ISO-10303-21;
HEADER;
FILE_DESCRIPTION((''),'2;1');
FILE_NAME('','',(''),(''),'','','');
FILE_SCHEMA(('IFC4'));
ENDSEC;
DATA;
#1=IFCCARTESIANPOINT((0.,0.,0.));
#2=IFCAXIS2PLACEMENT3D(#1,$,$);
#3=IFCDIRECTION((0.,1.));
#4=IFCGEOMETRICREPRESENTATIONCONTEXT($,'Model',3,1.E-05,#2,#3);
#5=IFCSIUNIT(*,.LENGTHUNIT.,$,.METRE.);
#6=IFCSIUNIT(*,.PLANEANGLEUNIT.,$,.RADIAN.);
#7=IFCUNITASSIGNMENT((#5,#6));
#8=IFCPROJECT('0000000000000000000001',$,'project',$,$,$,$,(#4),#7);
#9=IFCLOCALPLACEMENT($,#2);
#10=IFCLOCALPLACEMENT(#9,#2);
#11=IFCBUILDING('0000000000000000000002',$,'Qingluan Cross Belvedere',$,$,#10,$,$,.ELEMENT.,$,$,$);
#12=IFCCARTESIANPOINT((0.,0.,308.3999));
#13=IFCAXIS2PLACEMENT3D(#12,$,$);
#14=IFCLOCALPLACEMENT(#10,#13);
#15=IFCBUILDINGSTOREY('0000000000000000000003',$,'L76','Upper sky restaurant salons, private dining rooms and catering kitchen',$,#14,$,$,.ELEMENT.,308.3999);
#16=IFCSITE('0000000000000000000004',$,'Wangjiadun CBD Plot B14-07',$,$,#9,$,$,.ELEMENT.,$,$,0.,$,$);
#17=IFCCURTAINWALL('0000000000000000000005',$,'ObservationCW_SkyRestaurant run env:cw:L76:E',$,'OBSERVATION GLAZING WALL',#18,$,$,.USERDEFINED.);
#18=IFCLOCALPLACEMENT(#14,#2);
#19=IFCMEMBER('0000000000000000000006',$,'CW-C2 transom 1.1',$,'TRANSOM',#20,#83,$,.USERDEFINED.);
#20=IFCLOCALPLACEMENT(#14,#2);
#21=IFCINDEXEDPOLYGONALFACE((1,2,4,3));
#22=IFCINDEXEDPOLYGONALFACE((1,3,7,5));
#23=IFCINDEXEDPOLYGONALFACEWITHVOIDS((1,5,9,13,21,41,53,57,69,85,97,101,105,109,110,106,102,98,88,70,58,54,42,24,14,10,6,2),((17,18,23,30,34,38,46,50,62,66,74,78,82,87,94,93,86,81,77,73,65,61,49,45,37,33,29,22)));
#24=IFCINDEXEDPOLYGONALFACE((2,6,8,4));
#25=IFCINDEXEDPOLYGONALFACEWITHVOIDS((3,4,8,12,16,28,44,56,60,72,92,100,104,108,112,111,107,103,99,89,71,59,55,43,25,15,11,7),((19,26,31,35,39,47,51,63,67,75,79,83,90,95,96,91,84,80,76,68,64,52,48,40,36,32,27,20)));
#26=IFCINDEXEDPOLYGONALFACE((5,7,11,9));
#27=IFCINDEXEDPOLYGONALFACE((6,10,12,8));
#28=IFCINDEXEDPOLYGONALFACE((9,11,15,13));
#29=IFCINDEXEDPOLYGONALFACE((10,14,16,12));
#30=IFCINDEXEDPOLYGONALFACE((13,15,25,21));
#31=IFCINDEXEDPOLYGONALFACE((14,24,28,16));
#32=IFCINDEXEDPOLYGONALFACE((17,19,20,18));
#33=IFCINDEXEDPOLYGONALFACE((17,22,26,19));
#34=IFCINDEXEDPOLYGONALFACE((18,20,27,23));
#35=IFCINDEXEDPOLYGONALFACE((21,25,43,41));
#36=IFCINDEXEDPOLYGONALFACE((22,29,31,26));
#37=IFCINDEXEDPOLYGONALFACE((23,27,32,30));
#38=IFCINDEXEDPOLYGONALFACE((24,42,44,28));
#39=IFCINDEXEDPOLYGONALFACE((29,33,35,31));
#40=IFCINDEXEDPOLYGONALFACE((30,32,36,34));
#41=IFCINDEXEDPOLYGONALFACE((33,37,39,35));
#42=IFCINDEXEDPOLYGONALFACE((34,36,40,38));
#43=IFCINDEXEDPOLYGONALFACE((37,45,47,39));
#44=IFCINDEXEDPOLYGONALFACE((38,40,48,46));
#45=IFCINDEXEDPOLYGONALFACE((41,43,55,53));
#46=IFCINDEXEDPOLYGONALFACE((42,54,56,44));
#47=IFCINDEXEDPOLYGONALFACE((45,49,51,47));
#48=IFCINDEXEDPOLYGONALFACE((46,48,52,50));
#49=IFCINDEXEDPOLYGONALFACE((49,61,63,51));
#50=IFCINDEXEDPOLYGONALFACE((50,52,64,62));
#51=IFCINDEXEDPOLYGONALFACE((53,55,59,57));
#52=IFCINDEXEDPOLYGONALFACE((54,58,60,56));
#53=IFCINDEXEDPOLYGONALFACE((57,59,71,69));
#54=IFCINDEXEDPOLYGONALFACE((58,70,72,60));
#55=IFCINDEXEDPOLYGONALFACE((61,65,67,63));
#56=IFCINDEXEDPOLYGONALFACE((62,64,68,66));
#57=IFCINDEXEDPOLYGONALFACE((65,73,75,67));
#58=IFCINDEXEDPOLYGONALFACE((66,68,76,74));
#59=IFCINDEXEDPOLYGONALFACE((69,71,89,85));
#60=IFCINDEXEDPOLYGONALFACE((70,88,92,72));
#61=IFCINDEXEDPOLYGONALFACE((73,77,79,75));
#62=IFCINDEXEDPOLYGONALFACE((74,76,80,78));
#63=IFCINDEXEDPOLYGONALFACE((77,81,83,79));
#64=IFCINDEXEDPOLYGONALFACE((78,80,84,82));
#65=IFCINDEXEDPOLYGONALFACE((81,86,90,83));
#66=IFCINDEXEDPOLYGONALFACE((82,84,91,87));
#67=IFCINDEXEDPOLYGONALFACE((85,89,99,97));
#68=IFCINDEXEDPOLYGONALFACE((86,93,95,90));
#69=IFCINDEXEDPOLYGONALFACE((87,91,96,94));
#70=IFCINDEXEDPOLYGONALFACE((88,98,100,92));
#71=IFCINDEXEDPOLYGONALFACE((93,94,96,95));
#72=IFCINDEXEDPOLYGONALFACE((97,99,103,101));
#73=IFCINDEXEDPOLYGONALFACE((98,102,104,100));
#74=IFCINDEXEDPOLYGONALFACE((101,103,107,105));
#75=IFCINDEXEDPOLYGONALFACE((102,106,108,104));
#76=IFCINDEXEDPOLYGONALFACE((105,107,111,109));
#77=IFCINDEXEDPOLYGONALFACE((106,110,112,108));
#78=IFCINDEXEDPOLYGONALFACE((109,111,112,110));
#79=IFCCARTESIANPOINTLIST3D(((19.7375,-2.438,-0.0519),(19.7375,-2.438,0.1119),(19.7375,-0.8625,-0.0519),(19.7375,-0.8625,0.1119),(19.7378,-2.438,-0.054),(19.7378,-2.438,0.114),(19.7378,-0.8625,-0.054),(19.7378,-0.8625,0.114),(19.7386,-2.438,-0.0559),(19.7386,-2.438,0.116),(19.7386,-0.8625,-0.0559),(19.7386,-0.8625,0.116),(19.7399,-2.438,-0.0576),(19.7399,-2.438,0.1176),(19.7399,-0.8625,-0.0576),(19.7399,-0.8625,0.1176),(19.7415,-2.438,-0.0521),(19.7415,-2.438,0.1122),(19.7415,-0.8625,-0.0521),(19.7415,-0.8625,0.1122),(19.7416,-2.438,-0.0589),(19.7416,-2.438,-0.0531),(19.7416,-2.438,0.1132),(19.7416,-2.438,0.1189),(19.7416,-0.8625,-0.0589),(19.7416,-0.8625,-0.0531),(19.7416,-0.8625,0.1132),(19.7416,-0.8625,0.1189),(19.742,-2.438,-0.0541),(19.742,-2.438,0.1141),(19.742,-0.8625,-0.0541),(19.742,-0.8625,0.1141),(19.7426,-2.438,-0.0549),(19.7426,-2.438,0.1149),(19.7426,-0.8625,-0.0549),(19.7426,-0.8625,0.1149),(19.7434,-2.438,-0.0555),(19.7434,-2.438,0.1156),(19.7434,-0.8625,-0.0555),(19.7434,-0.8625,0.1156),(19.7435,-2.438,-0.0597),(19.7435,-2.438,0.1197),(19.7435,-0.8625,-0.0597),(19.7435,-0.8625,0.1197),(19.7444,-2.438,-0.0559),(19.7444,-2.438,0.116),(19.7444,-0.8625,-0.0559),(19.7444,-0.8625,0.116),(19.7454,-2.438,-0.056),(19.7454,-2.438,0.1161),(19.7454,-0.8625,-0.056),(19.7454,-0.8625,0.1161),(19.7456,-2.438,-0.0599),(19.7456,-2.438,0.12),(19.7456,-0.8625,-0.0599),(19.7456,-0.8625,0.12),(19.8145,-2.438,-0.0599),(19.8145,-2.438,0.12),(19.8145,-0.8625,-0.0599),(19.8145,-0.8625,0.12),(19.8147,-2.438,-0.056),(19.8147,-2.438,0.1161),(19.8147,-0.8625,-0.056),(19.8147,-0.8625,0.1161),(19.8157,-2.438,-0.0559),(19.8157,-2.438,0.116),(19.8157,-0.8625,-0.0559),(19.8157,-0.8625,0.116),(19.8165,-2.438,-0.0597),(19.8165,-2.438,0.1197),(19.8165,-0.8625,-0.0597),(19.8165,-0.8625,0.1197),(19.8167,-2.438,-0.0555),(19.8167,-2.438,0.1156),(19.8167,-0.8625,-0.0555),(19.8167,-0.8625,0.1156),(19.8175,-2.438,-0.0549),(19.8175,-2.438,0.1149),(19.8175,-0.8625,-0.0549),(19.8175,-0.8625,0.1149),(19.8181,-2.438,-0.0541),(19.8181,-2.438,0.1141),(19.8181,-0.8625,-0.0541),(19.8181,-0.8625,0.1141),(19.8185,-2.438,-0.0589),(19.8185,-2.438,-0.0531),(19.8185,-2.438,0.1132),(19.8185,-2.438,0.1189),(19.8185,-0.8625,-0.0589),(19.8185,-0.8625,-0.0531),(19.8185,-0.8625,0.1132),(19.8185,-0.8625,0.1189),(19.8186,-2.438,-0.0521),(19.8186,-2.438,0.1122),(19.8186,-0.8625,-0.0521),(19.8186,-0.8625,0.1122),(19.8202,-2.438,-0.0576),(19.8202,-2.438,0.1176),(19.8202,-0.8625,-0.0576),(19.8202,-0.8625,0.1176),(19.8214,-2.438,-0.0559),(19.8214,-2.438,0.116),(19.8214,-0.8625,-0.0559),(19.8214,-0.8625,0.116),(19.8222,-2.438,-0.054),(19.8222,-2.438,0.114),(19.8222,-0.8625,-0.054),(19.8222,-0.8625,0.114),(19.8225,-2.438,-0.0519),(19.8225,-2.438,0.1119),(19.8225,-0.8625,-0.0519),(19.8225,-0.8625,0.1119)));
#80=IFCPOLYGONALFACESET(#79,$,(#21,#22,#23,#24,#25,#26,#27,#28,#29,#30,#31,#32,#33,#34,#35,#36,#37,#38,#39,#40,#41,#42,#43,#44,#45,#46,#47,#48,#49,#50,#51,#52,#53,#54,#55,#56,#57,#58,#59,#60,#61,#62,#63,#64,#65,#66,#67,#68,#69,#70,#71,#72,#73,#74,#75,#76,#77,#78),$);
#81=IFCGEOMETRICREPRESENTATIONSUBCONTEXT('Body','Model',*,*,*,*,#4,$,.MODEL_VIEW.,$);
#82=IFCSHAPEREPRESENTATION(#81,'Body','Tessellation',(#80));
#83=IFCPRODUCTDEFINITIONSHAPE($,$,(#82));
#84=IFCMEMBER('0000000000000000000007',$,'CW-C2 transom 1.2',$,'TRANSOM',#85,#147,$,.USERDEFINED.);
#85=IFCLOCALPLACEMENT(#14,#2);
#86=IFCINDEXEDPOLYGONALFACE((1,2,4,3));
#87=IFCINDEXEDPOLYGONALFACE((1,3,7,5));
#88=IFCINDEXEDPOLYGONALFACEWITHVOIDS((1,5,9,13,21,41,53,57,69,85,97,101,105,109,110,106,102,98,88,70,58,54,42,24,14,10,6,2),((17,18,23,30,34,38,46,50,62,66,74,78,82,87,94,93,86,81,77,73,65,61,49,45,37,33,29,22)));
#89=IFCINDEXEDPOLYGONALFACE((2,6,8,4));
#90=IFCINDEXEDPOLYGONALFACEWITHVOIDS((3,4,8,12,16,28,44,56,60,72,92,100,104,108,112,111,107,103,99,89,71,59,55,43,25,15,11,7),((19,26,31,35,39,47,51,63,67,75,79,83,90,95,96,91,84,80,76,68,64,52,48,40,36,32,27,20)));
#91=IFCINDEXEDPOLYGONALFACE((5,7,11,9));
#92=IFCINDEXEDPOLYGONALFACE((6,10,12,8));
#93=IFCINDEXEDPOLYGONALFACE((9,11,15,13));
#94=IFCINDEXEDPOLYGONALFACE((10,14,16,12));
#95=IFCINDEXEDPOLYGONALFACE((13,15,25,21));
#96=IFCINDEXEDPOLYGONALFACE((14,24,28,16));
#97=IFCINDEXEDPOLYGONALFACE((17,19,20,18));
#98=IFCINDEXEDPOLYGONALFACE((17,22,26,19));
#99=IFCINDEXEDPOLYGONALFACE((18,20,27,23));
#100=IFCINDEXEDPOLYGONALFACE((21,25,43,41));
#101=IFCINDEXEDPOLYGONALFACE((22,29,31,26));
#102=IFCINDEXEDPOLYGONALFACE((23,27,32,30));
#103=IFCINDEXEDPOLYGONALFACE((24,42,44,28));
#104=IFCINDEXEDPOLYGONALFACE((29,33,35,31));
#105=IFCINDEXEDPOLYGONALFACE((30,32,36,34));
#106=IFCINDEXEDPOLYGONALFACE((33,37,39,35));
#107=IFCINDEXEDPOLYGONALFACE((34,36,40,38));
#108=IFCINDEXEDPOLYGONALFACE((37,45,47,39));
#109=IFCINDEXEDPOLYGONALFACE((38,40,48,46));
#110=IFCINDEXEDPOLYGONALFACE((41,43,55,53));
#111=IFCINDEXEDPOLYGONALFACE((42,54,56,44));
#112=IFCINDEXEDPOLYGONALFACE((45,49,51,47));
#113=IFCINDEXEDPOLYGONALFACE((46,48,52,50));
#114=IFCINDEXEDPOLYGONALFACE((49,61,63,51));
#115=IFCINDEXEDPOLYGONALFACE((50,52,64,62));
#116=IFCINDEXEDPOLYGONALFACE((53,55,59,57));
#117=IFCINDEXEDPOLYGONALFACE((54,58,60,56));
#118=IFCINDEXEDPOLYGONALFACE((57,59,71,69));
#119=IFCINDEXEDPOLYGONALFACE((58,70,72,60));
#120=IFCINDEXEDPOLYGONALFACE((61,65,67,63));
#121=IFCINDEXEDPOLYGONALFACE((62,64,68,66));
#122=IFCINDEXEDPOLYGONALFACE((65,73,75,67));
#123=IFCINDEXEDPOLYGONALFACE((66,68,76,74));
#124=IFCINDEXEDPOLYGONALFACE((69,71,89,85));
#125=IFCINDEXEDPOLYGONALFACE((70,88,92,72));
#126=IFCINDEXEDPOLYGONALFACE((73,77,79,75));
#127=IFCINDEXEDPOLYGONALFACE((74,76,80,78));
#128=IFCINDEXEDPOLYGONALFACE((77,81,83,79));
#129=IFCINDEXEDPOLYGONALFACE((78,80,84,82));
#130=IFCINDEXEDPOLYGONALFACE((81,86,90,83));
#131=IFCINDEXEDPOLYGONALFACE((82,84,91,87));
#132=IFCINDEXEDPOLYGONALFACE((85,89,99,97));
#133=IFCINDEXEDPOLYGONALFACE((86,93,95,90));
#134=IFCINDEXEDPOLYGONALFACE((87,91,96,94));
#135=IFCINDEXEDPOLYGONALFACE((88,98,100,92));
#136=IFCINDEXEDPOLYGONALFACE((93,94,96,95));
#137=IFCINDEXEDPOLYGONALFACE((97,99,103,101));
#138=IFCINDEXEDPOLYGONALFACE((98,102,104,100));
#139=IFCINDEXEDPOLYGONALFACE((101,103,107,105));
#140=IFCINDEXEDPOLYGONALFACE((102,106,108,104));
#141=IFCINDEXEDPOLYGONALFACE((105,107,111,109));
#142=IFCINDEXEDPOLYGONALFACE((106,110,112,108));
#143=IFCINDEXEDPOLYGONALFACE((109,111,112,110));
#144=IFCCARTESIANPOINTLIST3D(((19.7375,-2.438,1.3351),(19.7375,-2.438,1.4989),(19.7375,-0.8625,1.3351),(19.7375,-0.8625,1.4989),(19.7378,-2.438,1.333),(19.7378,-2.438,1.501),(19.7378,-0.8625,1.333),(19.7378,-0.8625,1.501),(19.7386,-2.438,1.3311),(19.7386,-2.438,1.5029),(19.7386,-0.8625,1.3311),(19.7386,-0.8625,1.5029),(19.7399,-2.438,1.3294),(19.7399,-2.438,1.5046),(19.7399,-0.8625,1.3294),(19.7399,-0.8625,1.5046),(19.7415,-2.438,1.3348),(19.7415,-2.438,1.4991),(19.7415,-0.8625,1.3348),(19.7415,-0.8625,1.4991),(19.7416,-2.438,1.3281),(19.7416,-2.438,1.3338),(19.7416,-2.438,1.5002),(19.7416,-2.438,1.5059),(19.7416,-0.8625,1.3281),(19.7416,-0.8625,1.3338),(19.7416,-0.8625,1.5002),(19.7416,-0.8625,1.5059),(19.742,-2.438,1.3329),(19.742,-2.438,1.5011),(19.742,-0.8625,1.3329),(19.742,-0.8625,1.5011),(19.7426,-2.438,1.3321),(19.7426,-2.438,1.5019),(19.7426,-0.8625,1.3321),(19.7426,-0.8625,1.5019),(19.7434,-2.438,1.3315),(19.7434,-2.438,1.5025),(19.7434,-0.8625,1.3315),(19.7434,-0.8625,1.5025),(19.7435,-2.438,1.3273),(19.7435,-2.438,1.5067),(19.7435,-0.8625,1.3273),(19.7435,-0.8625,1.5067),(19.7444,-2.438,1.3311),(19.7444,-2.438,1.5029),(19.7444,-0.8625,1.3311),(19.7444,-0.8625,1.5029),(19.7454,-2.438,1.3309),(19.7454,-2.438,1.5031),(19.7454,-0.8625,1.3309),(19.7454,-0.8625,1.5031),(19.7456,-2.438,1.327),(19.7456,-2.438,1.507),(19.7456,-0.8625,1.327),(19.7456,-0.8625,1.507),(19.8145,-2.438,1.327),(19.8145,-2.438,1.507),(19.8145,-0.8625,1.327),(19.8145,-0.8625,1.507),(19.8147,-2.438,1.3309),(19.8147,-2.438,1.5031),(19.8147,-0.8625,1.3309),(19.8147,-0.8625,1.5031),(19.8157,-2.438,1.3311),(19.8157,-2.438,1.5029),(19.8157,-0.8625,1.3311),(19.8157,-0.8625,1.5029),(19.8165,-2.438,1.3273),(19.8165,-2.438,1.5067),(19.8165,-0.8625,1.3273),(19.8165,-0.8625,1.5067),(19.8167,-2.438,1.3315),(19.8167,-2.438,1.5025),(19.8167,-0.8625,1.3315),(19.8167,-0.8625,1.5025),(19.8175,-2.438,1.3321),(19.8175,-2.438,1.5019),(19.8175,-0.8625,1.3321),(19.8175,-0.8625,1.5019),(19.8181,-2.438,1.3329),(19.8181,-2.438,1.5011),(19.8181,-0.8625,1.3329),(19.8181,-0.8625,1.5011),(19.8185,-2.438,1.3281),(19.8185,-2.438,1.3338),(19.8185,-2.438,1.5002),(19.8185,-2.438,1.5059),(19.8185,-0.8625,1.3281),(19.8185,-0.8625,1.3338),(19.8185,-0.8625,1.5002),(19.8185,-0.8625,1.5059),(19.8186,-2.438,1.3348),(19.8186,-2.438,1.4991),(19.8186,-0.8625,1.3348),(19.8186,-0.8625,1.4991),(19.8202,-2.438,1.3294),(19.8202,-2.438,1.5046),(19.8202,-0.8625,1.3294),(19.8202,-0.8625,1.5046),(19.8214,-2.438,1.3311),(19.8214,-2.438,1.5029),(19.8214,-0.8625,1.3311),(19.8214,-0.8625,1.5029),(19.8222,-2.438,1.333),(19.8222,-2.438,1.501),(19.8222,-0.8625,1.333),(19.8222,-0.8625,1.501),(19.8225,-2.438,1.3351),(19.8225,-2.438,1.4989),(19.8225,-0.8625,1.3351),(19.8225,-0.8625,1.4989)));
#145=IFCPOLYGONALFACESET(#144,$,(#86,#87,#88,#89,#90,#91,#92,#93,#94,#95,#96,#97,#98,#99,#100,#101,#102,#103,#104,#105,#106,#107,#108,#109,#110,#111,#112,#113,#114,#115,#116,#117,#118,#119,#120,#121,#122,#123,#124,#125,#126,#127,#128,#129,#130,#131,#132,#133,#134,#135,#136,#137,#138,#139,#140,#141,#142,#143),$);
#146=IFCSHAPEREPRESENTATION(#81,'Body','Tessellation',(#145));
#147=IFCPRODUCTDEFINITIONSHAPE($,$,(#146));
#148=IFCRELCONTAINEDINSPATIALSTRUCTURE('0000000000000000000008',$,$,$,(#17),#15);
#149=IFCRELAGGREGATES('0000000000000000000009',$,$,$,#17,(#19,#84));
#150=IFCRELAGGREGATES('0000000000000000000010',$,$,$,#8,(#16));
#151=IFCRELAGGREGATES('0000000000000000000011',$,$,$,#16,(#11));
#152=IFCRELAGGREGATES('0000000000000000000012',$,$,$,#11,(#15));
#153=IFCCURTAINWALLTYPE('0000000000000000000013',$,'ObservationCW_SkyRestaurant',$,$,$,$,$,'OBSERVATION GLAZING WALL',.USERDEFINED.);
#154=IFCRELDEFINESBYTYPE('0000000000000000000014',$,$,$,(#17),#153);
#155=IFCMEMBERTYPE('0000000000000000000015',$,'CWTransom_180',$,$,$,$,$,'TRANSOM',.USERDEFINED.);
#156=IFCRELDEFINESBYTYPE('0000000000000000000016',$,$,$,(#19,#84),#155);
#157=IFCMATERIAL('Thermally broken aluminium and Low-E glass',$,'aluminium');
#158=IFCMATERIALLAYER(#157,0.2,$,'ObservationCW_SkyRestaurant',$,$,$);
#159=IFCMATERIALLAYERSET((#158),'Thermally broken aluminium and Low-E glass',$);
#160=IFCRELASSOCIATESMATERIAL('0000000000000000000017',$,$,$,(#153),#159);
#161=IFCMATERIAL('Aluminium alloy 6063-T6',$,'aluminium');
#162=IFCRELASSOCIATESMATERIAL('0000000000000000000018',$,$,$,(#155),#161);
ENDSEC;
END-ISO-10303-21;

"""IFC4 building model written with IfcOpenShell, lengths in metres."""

from ifc_helpers import new_model, si_unit, direction, frame, origin, origin_2d, place, context, subcontext, project, spatial, hollow_rectangle, extrude, material, layer, layer_set, material_profile, profile_set, type_object, element, aggregate, save


model = new_model("IFC4")

# Units and contexts
model_context = context("Model", 3, precision=1e-05, world=origin(), true_north=direction((0.0, 1.0)))
body_context = subcontext(model_context, "Body", "Model", "MODEL_VIEW")
ifc_project = project(units=[si_unit("LENGTHUNIT", "METRE"), si_unit("PLANEANGLEUNIT", "RADIAN")], contexts=[model_context])

# Site, building, storey
site_placement = place(None, origin())
site = spatial("IfcSite", under=ifc_project, at=site_placement, Name="Wangjiadun CBD Plot B14-07", CompositionType="ELEMENT", RefElevation=0.0)
building_placement = place(site_placement, origin())
building = spatial("IfcBuilding", under=site, at=building_placement, Name="Qingluan Cross Belvedere", CompositionType="ELEMENT")
storey_placement = place(building_placement, frame((0.0, 0.0, 308.3999)))
storey = spatial("IfcBuildingStorey", under=building, at=storey_placement, Name="L76", Description="Upper sky restaurant salons, private dining rooms and catering kitchen", CompositionType="ELEMENT", Elevation=308.3999)

# Curtain wall, members
ifc_material_1 = material(Name="Thermally broken aluminium and Low-E glass", Category="aluminium")
ifc_layer_1 = layer(ifc_material_1, 0.2, Name="ObservationCW_SkyRestaurant")
ifc_layer_set_1 = layer_set([ifc_layer_1], Name="Thermally broken aluminium and Low-E glass")
curtain_wall_type = type_object("IfcCurtainWallType", Name="ObservationCW_SkyRestaurant", ElementType="OBSERVATION GLAZING WALL", PredefinedType="USERDEFINED", material=ifc_layer_set_1)
curtain_wall_placement = place(storey_placement, origin())
curtain_wall = element("IfcCurtainWall", 1, at=curtain_wall_placement, inside=storey, type_object=curtain_wall_type, Name="ObservationCW_SkyRestaurant run env:cw:L76:E", ObjectType="OBSERVATION GLAZING WALL", PredefinedType="USERDEFINED")
ifc_material_2 = material(Name="Aluminium alloy 6063-T6", Category="aluminium")
ifc_material_profile_1 = material_profile(ifc_material_2, hollow_rectangle(XDim=0.085, YDim=0.1799, WallThickness=0.0039, InnerFilletRadius=0.0039, OuterFilletRadius=0.0081, at=origin_2d()), Name="CWT180x85x4")
ifc_profile_set_1 = profile_set([ifc_material_profile_1], Name="Aluminium alloy 6063-T6")
member_type_1 = type_object("IfcMemberType", Name="CWTransom_180", ElementType="TRANSOM", PredefinedType="USERDEFINED", material=ifc_profile_set_1)
member_1_placement = place(storey_placement, frame((19.78, -2.438, 0.03), z_axis=(0.0, 1.0, 0.0), x_axis=(-1.0, 0.0, 0.0)))
member_1 = element("IfcMember", 2, at=member_1_placement, type_object=member_type_1, Name="CW-C2 transom 1.1", ObjectType="TRANSOM", PredefinedType="USERDEFINED", context=body_context, shape_type="SweptSolid", body=[
    extrude(hollow_rectangle(XDim=0.085, YDim=0.1799, WallThickness=0.0039, InnerFilletRadius=0.0039, OuterFilletRadius=0.0081, at=origin_2d()), origin(), (0.0, 0.0, 1.0), 1.5754),
])
member_2_placement = place(storey_placement, frame((19.78, -2.438, 1.417), z_axis=(0.0, 1.0, 0.0), x_axis=(-1.0, 0.0, 0.0)))
member_2 = element("IfcMember", 3, at=member_2_placement, type_object=member_type_1, Name="CW-C2 transom 1.2", ObjectType="TRANSOM", PredefinedType="USERDEFINED", context=body_context, shape_type="SweptSolid", body=[
    extrude(hollow_rectangle(XDim=0.085, YDim=0.1799, WallThickness=0.0039, InnerFilletRadius=0.0039, OuterFilletRadius=0.0081, at=origin_2d()), origin(), (0.0, 0.0, 1.0), 1.5754),
])
aggregate(curtain_wall, [member_1, member_2])

save(model, "model.ifc")
